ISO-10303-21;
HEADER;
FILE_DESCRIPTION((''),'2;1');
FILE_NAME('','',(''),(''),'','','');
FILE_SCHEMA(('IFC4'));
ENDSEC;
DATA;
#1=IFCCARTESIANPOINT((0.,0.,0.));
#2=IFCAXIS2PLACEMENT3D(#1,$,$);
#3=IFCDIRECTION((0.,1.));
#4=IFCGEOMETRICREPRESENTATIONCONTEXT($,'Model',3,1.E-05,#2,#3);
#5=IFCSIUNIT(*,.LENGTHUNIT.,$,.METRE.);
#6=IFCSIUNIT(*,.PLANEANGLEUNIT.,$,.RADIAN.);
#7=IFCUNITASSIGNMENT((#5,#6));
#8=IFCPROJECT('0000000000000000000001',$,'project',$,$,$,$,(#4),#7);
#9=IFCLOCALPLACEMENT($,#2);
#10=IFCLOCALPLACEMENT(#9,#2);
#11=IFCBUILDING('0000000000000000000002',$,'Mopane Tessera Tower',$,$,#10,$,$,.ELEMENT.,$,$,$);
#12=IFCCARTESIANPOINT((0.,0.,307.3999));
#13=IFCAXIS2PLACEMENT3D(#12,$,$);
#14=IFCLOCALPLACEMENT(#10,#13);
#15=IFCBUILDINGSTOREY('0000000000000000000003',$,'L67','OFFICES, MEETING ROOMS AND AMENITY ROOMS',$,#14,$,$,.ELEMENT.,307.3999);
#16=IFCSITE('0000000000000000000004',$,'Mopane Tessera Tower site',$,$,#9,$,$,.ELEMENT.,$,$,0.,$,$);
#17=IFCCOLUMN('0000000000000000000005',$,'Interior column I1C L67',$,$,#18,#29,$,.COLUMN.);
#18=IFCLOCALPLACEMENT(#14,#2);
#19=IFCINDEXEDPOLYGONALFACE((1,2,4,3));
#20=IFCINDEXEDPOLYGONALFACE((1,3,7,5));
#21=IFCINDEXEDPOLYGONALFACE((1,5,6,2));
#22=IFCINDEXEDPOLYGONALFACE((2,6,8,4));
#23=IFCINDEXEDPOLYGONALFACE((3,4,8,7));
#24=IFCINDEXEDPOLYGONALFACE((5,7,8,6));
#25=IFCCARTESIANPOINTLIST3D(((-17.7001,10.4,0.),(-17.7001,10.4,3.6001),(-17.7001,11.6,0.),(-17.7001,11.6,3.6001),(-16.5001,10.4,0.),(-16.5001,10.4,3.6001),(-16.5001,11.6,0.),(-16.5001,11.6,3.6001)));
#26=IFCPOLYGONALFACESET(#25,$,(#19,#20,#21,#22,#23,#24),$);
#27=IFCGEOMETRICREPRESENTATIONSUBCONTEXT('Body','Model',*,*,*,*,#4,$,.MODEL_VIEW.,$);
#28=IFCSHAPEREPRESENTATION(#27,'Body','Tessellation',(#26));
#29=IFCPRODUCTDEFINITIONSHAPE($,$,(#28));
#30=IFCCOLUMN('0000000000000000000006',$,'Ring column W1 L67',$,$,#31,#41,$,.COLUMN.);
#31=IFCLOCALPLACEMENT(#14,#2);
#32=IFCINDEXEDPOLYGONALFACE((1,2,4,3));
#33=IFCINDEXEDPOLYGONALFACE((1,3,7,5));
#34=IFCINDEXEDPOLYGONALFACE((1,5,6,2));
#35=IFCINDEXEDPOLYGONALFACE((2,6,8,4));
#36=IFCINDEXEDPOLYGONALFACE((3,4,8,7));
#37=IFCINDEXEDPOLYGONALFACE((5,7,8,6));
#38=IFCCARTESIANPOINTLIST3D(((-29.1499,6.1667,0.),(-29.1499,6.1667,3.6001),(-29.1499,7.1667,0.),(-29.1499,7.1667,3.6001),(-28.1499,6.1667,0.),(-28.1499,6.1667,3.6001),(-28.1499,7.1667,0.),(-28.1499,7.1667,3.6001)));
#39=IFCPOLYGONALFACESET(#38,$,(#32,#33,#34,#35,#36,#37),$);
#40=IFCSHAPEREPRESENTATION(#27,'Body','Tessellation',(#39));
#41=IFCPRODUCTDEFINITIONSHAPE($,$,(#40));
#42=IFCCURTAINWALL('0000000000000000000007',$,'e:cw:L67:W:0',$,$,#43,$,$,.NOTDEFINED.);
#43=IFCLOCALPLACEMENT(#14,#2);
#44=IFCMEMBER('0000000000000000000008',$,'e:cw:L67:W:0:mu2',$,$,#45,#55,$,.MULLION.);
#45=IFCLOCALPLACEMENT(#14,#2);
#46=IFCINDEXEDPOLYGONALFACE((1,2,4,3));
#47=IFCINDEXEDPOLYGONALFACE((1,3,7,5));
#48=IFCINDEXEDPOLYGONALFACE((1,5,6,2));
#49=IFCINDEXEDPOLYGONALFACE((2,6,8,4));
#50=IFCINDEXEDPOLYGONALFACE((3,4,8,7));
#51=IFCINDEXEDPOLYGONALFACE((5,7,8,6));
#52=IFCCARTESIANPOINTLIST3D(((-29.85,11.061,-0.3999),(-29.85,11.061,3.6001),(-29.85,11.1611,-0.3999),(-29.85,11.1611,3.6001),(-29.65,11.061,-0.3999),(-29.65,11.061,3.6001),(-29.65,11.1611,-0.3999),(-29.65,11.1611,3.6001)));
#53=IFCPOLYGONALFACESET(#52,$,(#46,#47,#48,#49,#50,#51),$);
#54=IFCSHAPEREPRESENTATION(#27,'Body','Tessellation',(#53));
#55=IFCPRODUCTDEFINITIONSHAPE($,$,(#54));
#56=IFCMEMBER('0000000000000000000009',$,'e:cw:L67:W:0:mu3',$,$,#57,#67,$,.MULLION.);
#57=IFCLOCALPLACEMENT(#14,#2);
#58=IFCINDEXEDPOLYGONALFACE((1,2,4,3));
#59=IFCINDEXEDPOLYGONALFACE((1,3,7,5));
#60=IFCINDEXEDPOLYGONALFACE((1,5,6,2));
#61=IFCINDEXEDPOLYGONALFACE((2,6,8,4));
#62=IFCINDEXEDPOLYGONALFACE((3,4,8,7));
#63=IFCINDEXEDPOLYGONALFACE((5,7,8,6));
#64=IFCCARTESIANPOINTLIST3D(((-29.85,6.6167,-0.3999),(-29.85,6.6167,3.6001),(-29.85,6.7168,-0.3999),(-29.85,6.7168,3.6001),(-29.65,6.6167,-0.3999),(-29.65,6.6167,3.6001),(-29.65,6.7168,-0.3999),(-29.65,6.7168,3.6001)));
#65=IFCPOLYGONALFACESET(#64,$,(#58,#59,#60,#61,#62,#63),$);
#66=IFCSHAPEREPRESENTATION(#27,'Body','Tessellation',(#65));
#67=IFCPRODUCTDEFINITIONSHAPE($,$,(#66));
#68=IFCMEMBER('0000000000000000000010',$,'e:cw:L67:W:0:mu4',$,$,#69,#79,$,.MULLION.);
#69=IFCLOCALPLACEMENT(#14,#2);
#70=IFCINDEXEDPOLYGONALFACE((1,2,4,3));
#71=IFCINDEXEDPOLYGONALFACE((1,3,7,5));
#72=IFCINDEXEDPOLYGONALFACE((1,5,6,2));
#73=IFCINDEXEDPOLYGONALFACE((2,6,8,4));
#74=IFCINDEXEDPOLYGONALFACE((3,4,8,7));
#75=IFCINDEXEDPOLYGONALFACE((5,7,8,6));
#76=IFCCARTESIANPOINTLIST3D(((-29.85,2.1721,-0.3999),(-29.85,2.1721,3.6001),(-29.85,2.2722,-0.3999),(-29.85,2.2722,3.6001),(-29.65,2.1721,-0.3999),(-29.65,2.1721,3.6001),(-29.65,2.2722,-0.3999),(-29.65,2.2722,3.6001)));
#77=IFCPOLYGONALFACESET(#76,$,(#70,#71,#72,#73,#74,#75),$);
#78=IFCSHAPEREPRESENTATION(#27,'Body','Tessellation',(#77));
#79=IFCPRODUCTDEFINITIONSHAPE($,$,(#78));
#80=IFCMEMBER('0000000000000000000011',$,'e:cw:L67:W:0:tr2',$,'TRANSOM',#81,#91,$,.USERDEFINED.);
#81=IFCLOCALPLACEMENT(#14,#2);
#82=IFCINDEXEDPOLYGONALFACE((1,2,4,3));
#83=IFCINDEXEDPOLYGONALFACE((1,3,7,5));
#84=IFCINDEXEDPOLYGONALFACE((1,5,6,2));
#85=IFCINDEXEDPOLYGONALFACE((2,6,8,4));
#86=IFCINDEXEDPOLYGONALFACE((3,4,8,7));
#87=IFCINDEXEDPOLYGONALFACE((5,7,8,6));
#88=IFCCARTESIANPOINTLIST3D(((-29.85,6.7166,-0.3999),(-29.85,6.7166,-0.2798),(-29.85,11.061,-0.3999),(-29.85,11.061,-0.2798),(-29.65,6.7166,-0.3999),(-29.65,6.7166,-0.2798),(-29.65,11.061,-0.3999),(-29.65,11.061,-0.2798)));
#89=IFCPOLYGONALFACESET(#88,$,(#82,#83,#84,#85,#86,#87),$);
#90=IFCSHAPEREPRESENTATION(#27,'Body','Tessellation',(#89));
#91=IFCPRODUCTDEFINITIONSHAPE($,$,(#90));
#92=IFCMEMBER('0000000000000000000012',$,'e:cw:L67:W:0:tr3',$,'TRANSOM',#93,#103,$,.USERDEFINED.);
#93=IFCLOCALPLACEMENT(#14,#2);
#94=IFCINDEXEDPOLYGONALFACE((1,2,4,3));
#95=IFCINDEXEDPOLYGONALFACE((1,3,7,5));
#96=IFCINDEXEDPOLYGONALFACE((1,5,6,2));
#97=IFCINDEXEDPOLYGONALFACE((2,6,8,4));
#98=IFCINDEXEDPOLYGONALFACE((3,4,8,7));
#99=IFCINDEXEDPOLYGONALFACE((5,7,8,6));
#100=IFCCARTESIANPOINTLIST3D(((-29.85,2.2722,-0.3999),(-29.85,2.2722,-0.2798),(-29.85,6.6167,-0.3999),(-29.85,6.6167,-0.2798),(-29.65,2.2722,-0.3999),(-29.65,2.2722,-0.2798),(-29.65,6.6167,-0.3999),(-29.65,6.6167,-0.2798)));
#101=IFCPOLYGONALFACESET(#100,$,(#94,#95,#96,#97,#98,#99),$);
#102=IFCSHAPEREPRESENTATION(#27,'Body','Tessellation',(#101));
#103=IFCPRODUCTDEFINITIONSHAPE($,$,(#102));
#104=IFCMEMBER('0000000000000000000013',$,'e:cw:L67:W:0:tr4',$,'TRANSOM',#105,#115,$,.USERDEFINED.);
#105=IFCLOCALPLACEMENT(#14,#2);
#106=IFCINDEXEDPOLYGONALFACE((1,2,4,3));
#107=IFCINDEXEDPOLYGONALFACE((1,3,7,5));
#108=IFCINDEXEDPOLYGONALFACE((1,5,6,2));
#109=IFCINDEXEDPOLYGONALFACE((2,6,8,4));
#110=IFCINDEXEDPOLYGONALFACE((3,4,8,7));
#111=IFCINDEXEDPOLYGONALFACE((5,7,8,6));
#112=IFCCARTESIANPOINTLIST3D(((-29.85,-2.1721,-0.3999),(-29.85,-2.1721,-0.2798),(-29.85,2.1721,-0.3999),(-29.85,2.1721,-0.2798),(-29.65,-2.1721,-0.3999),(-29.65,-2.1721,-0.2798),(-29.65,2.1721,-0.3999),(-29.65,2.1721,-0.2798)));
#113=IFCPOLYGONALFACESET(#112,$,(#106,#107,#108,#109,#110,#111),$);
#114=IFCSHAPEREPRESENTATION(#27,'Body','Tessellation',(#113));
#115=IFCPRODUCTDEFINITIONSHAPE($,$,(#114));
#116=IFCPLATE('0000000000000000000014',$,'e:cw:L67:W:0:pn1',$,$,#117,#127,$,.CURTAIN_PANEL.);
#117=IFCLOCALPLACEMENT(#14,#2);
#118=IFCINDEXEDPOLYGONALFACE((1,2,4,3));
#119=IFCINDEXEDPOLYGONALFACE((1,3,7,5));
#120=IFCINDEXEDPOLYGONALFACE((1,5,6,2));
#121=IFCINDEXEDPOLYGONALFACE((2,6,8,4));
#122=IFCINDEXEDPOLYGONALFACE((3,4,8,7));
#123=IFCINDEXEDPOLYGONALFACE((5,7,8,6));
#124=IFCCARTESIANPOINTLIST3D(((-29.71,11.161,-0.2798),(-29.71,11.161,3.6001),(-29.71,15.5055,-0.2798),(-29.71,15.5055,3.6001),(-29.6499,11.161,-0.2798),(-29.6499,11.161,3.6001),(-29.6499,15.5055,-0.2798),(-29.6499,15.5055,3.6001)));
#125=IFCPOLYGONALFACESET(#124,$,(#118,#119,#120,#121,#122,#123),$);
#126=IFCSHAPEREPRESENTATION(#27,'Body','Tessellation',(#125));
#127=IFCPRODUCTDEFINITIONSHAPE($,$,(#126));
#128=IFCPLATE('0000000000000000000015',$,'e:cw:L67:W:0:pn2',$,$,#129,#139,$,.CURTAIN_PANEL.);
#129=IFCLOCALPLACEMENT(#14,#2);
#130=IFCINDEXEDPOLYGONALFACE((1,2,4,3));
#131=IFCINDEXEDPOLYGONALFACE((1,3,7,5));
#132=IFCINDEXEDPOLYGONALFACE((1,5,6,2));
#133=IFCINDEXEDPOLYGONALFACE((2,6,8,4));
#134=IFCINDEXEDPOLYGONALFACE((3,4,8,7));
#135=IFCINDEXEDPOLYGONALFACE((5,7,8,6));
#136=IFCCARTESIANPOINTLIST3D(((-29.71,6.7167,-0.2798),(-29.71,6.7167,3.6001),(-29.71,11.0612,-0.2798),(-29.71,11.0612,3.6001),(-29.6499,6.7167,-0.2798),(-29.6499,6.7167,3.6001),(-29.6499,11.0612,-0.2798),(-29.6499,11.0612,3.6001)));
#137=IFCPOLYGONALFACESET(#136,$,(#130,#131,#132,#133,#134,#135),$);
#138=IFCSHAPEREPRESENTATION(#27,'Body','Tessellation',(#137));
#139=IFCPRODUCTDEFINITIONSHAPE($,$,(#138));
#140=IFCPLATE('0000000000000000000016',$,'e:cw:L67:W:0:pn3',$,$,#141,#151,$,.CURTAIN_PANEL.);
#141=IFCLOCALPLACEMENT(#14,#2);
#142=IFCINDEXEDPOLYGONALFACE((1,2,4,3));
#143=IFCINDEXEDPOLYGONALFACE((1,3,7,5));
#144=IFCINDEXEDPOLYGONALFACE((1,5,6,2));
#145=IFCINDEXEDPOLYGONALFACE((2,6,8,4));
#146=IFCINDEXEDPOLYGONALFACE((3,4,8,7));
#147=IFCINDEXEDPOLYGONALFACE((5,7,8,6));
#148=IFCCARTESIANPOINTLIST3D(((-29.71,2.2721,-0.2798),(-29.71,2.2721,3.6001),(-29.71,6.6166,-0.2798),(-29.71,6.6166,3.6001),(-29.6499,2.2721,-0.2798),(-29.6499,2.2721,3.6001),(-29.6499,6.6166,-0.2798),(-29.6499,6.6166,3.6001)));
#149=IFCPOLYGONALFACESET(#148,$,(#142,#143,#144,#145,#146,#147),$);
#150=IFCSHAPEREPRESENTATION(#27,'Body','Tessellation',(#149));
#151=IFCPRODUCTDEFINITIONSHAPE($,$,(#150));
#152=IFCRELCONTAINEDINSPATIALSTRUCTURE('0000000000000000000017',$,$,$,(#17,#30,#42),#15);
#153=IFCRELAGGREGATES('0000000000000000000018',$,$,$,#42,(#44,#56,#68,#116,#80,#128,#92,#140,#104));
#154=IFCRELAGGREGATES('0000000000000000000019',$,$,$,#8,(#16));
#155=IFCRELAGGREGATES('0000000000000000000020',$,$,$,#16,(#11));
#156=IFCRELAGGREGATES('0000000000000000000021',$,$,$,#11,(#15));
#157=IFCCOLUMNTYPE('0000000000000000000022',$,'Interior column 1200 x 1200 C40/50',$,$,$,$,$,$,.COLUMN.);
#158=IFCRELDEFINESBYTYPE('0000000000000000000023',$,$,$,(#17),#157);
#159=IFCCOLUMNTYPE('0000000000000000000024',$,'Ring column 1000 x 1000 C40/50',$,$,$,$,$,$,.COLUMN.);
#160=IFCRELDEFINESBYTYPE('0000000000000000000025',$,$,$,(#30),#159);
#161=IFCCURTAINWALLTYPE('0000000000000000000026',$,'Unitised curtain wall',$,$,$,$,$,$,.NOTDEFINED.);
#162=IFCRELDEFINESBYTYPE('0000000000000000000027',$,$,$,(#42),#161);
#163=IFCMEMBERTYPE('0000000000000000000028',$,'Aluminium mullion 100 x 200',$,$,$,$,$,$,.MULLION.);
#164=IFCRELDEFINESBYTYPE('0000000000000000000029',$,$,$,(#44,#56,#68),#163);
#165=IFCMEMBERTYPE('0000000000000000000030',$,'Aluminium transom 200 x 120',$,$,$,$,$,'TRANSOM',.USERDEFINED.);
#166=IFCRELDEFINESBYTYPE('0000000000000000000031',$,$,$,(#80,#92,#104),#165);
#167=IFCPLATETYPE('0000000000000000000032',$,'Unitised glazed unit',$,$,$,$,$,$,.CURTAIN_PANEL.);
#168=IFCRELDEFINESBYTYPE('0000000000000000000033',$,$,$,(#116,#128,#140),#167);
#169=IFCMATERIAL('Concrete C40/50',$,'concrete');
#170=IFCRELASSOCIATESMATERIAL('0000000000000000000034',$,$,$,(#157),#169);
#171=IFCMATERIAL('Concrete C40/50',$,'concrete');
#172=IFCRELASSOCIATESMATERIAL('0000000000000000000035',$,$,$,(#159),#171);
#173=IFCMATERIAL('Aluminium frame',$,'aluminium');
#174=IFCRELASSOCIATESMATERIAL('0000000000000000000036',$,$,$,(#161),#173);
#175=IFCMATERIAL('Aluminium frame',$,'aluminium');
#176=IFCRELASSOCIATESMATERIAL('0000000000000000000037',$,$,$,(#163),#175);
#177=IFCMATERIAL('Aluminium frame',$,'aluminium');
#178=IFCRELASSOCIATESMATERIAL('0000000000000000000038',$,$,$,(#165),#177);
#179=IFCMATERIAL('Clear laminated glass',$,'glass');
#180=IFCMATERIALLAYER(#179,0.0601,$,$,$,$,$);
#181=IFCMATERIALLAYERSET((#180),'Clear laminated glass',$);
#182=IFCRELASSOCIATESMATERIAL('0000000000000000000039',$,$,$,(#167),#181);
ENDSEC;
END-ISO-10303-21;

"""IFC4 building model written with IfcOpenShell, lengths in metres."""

from ifc_helpers import new_model, si_unit, direction, frame, origin, origin_2d, place, context, subcontext, project, spatial, rectangle, extrude, material, layer, layer_set, material_profile, profile_set, type_object, element, aggregate, save


model = new_model("IFC4")

# Units and contexts
model_context = context("Model", 3, precision=1e-05, world=origin(), true_north=direction((0.0, 1.0)))
body_context = subcontext(model_context, "Body", "Model", "MODEL_VIEW")
ifc_project = project(units=[si_unit("LENGTHUNIT", "METRE"), si_unit("PLANEANGLEUNIT", "RADIAN")], contexts=[model_context])

# Site, building, storey
site_placement = place(None, origin())
site = spatial("IfcSite", under=ifc_project, at=site_placement, Name="Mopane Tessera Tower site", CompositionType="ELEMENT", RefElevation=0.0)
building_placement = place(site_placement, origin())
building = spatial("IfcBuilding", under=site, at=building_placement, Name="Mopane Tessera Tower", CompositionType="ELEMENT")
storey_placement = place(building_placement, frame((0.0, 0.0, 307.3999)))
storey = spatial("IfcBuildingStorey", under=building, at=storey_placement, Name="L67", Description="OFFICES, MEETING ROOMS AND AMENITY ROOMS", CompositionType="ELEMENT", Elevation=307.3999)

# Columns
ifc_material_1 = material(Name="Concrete C40/50", Category="concrete")
ifc_material_profile_1 = material_profile(ifc_material_1, rectangle(XDim=1.2, YDim=1.2, at=origin_2d()))
ifc_profile_set_1 = profile_set([ifc_material_profile_1], Name="Concrete C40/50")
column_type_1 = type_object("IfcColumnType", Name="Interior column 1200 x 1200 C40/50", PredefinedType="COLUMN", material=ifc_profile_set_1)
column_1_placement = place(storey_placement, frame((-17.1001, 11.0, 0.0), z_axis=(0.0, 0.0, 1.0), x_axis=(1.0, 0.0, 0.0)))
element("IfcColumn", 1, at=column_1_placement, inside=storey, type_object=column_type_1, Name="Interior column I1C L67", PredefinedType="COLUMN", context=body_context, shape_type="SweptSolid", body=[
    extrude(rectangle(XDim=1.2, YDim=1.2, at=origin_2d()), origin(), (0.0, 0.0, 1.0), 3.6001),
])
ifc_material_2 = material(Name="Concrete C40/50", Category="concrete")
ifc_material_profile_2 = material_profile(ifc_material_2, rectangle(XDim=1.0, YDim=1.0, at=origin_2d()))
ifc_profile_set_2 = profile_set([ifc_material_profile_2], Name="Concrete C40/50")
column_type_2 = type_object("IfcColumnType", Name="Ring column 1000 x 1000 C40/50", PredefinedType="COLUMN", material=ifc_profile_set_2)
column_2_placement = place(storey_placement, frame((-28.6499, 6.6667, 0.0), z_axis=(0.0, 0.0, 1.0), x_axis=(1.0, 0.0, 0.0)))
element("IfcColumn", 2, at=column_2_placement, inside=storey, type_object=column_type_2, Name="Ring column W1 L67", PredefinedType="COLUMN", context=body_context, shape_type="SweptSolid", body=[
    extrude(rectangle(XDim=1.0, YDim=1.0, at=origin_2d()), origin(), (0.0, 0.0, 1.0), 3.6001),
])

# Curtain wall, members, plates
ifc_material_3 = material(Name="Aluminium frame", Category="aluminium")
curtain_wall_type = type_object("IfcCurtainWallType", Name="Unitised curtain wall", PredefinedType="NOTDEFINED", material=ifc_material_3)
curtain_wall_placement = place(storey_placement, origin())
curtain_wall = element("IfcCurtainWall", 3, at=curtain_wall_placement, inside=storey, type_object=curtain_wall_type, Name="e:cw:L67:W:0", PredefinedType="NOTDEFINED")
ifc_material_4 = material(Name="Aluminium frame", Category="aluminium")
ifc_material_profile_3 = material_profile(ifc_material_4, rectangle(XDim=0.1001, YDim=0.2, at=origin_2d()))
ifc_profile_set_3 = profile_set([ifc_material_profile_3], Name="Aluminium frame")
member_type_1 = type_object("IfcMemberType", Name="Aluminium mullion 100 x 200", PredefinedType="MULLION", material=ifc_profile_set_3)
member_1_placement = place(storey_placement, frame((-29.75, 11.1111, -0.3999), z_axis=(0.0, 0.0, 1.0), x_axis=(0.0, -1.0, 0.0)))
member_1 = element("IfcMember", 4, at=member_1_placement, type_object=member_type_1, Name="e:cw:L67:W:0:mu2", PredefinedType="MULLION", context=body_context, shape_type="SweptSolid", body=[
    extrude(rectangle(XDim=0.1001, YDim=0.2, at=origin_2d()), origin(), (0.0, 0.0, 1.0), 4.0),
])
member_2_placement = place(storey_placement, frame((-29.75, 6.6667, -0.3999), z_axis=(0.0, 0.0, 1.0), x_axis=(0.0, -1.0, 0.0)))
member_2 = element("IfcMember", 5, at=member_2_placement, type_object=member_type_1, Name="e:cw:L67:W:0:mu3", PredefinedType="MULLION", context=body_context, shape_type="SweptSolid", body=[
    extrude(rectangle(XDim=0.1001, YDim=0.2, at=origin_2d()), origin(), (0.0, 0.0, 1.0), 4.0),
])
member_3_placement = place(storey_placement, frame((-29.75, 2.2222, -0.3999), z_axis=(0.0, 0.0, 1.0), x_axis=(0.0, -1.0, 0.0)))
member_3 = element("IfcMember", 6, at=member_3_placement, type_object=member_type_1, Name="e:cw:L67:W:0:mu4", PredefinedType="MULLION", context=body_context, shape_type="SweptSolid", body=[
    extrude(rectangle(XDim=0.1001, YDim=0.2, at=origin_2d()), origin(), (0.0, 0.0, 1.0), 4.0),
])
ifc_material_5 = material(Name="Aluminium frame", Category="aluminium")
ifc_material_profile_4 = material_profile(ifc_material_5, rectangle(XDim=0.2, YDim=0.1201, at=origin_2d()))
ifc_profile_set_4 = profile_set([ifc_material_profile_4], Name="Aluminium frame")
member_type_2 = type_object("IfcMemberType", Name="Aluminium transom 200 x 120", ElementType="TRANSOM", PredefinedType="USERDEFINED", material=ifc_profile_set_4)
member_4_placement = place(storey_placement, frame((-29.75, 11.061, -0.3398), z_axis=(0.0, -1.0, 0.0), x_axis=(1.0, 0.0, 0.0)))
member_4 = element("IfcMember", 7, at=member_4_placement, type_object=member_type_2, Name="e:cw:L67:W:0:tr2", ObjectType="TRANSOM", PredefinedType="USERDEFINED", context=body_context, shape_type="SweptSolid", body=[
    extrude(rectangle(XDim=0.2, YDim=0.1201, at=origin_2d()), origin(), (0.0, 0.0, 1.0), 4.3445),
])
member_5_placement = place(storey_placement, frame((-29.75, 6.6167, -0.3398), z_axis=(0.0, -1.0, 0.0), x_axis=(1.0, 0.0, 0.0)))
member_5 = element("IfcMember", 8, at=member_5_placement, type_object=member_type_2, Name="e:cw:L67:W:0:tr3", ObjectType="TRANSOM", PredefinedType="USERDEFINED", context=body_context, shape_type="SweptSolid", body=[
    extrude(rectangle(XDim=0.2, YDim=0.1201, at=origin_2d()), origin(), (0.0, 0.0, 1.0), 4.3445),
])
member_6_placement = place(storey_placement, frame((-29.75, 2.1721, -0.3398), z_axis=(0.0, -1.0, 0.0), x_axis=(1.0, 0.0, 0.0)))
member_6 = element("IfcMember", 9, at=member_6_placement, type_object=member_type_2, Name="e:cw:L67:W:0:tr4", ObjectType="TRANSOM", PredefinedType="USERDEFINED", context=body_context, shape_type="SweptSolid", body=[
    extrude(rectangle(XDim=0.2, YDim=0.1201, at=origin_2d()), origin(), (0.0, 0.0, 1.0), 4.3442),
])
ifc_material_6 = material(Name="Clear laminated glass", Category="glass")
ifc_layer_1 = layer(ifc_material_6, 0.0601)
ifc_layer_set_1 = layer_set([ifc_layer_1], Name="Clear laminated glass")
plate_type = type_object("IfcPlateType", Name="Unitised glazed unit", PredefinedType="CURTAIN_PANEL", material=ifc_layer_set_1)
plate_1_placement = place(storey_placement, frame((-29.6799, 13.3333, -0.2798), z_axis=(0.0, 0.0, 1.0), x_axis=(0.0, -1.0, 0.0)))
plate_1 = element("IfcPlate", 10, at=plate_1_placement, type_object=plate_type, Name="e:cw:L67:W:0:pn1", PredefinedType="CURTAIN_PANEL", context=body_context, shape_type="SweptSolid", body=[
    extrude(rectangle(XDim=4.3445, YDim=0.0601, at=origin_2d()), origin(), (0.0, 0.0, 1.0), 3.8799),
])
plate_2_placement = place(storey_placement, frame((-29.6799, 8.8889, -0.2798), z_axis=(0.0, 0.0, 1.0), x_axis=(0.0, -1.0, 0.0)))
plate_2 = element("IfcPlate", 11, at=plate_2_placement, type_object=plate_type, Name="e:cw:L67:W:0:pn2", PredefinedType="CURTAIN_PANEL", context=body_context, shape_type="SweptSolid", body=[
    extrude(rectangle(XDim=4.3445, YDim=0.0601, at=origin_2d()), origin(), (0.0, 0.0, 1.0), 3.8799),
])
plate_3_placement = place(storey_placement, frame((-29.6799, 4.4443, -0.2798), z_axis=(0.0, 0.0, 1.0), x_axis=(0.0, -1.0, 0.0)))
plate_3 = element("IfcPlate", 12, at=plate_3_placement, type_object=plate_type, Name="e:cw:L67:W:0:pn3", PredefinedType="CURTAIN_PANEL", context=body_context, shape_type="SweptSolid", body=[
    extrude(rectangle(XDim=4.3445, YDim=0.0601, at=origin_2d()), origin(), (0.0, 0.0, 1.0), 3.8799),
])
aggregate(curtain_wall, [member_1, member_2, member_3, plate_1, member_4, plate_2, member_5, plate_3, member_6])

save(model, "model.ifc")
